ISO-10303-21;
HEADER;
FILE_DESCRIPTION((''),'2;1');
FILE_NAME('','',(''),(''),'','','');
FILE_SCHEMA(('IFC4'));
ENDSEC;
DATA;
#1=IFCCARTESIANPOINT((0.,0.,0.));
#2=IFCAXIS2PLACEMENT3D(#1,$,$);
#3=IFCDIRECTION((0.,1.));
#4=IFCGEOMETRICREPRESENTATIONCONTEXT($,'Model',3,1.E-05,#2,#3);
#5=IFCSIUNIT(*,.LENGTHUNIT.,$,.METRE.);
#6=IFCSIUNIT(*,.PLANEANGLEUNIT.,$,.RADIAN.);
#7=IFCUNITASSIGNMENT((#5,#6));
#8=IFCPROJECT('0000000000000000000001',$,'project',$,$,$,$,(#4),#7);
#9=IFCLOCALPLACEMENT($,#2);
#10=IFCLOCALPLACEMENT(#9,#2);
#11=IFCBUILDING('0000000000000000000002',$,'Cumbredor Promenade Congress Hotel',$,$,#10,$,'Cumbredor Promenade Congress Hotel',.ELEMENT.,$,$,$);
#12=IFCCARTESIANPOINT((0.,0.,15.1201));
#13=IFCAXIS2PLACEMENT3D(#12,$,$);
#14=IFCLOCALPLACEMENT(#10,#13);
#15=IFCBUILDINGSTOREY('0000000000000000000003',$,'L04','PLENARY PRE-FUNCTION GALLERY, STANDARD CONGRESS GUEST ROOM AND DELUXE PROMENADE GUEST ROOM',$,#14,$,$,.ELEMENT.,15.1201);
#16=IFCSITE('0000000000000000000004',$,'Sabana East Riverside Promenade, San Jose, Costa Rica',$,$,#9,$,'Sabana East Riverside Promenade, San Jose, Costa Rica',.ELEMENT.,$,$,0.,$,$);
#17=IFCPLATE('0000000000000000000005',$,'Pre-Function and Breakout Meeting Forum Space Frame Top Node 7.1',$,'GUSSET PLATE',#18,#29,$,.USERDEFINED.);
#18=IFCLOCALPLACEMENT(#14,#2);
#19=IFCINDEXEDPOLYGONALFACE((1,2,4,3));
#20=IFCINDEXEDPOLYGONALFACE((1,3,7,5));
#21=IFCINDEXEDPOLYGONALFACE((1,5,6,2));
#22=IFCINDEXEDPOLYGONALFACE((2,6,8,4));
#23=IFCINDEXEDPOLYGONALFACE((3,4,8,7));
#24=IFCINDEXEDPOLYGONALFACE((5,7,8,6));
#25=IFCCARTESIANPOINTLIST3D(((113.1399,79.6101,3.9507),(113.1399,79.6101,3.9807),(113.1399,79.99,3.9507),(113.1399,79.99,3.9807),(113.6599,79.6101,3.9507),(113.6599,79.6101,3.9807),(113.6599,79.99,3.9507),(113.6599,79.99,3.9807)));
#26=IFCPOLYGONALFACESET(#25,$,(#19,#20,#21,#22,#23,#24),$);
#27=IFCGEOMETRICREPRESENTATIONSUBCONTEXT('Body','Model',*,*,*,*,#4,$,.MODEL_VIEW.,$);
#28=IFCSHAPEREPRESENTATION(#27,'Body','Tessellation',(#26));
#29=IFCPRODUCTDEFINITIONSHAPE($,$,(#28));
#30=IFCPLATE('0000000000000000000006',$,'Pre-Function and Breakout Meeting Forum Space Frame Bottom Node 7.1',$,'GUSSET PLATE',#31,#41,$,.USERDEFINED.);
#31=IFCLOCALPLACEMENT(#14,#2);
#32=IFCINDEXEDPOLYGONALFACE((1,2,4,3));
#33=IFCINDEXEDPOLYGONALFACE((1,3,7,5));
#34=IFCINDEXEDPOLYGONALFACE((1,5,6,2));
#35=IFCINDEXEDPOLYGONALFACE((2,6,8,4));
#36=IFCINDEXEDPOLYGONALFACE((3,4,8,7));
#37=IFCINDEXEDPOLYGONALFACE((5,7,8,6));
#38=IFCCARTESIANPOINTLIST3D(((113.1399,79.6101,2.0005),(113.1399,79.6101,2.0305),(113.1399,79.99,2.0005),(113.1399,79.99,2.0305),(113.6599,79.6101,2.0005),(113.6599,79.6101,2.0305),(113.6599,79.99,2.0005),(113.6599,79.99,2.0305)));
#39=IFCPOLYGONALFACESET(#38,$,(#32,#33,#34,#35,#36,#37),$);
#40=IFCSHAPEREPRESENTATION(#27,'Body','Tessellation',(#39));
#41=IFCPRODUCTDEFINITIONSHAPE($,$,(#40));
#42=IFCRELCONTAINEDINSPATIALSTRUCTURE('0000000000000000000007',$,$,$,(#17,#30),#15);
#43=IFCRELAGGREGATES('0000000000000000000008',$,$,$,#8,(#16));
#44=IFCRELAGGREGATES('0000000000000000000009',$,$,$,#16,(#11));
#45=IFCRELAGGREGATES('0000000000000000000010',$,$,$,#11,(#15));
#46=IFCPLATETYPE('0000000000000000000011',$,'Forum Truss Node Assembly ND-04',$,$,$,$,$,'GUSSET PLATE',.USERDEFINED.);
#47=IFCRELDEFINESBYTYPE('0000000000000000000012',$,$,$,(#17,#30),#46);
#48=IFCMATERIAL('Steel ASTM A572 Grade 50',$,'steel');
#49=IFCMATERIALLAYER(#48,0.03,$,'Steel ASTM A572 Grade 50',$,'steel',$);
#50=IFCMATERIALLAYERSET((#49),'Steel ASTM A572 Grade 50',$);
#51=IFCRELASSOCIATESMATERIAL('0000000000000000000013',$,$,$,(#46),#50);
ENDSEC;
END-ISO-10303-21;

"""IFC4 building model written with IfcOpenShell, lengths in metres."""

from ifc_helpers import new_model, si_unit, direction, frame, origin, origin_2d, place, context, subcontext, project, spatial, rectangle, extrude, material, layer, layer_set, type_object, element, save


model = new_model("IFC4")

# Units and contexts
model_context = context("Model", 3, precision=1e-05, world=origin(), true_north=direction((0.0, 1.0)))
body_context = subcontext(model_context, "Body", "Model", "MODEL_VIEW")
ifc_project = project(units=[si_unit("LENGTHUNIT", "METRE"), si_unit("PLANEANGLEUNIT", "RADIAN")], contexts=[model_context])

# Site, building, storey
site_placement = place(None, origin())
site = spatial("IfcSite", under=ifc_project, at=site_placement, Name="Sabana East Riverside Promenade, San Jose, Costa Rica", LongName="Sabana East Riverside Promenade, San Jose, Costa Rica", CompositionType="ELEMENT", RefElevation=0.0)
building_placement = place(site_placement, origin())
building = spatial("IfcBuilding", under=site, at=building_placement, Name="Cumbredor Promenade Congress Hotel", LongName="Cumbredor Promenade Congress Hotel", CompositionType="ELEMENT")
storey_placement = place(building_placement, frame((0.0, 0.0, 15.1201)))
storey = spatial("IfcBuildingStorey", under=building, at=storey_placement, Name="L04", Description="PLENARY PRE-FUNCTION GALLERY, STANDARD CONGRESS GUEST ROOM AND DELUXE PROMENADE GUEST ROOM", CompositionType="ELEMENT", Elevation=15.1201)

# Plates
ifc_material_1 = material(Name="Steel ASTM A572 Grade 50", Category="steel")
ifc_layer = layer(ifc_material_1, 0.03, Name="Steel ASTM A572 Grade 50", Category="steel")
ifc_layer_set = layer_set([ifc_layer], Name="Steel ASTM A572 Grade 50")
plate_type = type_object("IfcPlateType", Name="Forum Truss Node Assembly ND-04", ElementType="GUSSET PLATE", PredefinedType="USERDEFINED", material=ifc_layer_set)
for number, where, z_axis, x_axis, name in (
    (1, (113.3999, 79.8, 3.9507), (0.0, 0.0, 1.0), (1.0, 0.0, 0.0), "Pre-Function and Breakout Meeting Forum Space Frame Top Node 7.1"),
    (2, (113.3999, 79.8, 2.0005), (0.0, 0.0, 1.0), (1.0, 0.0, 0.0), "Pre-Function and Breakout Meeting Forum Space Frame Bottom Node 7.1"),
):
    element("IfcPlate", number, at=place(storey_placement, frame(where, z_axis=z_axis, x_axis=x_axis)), inside=storey, type_object=plate_type, Name=name, ObjectType="GUSSET PLATE", PredefinedType="USERDEFINED", context=body_context, shape_type="SweptSolid", body=[
        extrude(rectangle(XDim=0.52, YDim=0.3799, at=origin_2d()), origin(), (0.0, 0.0, 1.0), 0.03),
    ])

save(model, "model.ifc")
